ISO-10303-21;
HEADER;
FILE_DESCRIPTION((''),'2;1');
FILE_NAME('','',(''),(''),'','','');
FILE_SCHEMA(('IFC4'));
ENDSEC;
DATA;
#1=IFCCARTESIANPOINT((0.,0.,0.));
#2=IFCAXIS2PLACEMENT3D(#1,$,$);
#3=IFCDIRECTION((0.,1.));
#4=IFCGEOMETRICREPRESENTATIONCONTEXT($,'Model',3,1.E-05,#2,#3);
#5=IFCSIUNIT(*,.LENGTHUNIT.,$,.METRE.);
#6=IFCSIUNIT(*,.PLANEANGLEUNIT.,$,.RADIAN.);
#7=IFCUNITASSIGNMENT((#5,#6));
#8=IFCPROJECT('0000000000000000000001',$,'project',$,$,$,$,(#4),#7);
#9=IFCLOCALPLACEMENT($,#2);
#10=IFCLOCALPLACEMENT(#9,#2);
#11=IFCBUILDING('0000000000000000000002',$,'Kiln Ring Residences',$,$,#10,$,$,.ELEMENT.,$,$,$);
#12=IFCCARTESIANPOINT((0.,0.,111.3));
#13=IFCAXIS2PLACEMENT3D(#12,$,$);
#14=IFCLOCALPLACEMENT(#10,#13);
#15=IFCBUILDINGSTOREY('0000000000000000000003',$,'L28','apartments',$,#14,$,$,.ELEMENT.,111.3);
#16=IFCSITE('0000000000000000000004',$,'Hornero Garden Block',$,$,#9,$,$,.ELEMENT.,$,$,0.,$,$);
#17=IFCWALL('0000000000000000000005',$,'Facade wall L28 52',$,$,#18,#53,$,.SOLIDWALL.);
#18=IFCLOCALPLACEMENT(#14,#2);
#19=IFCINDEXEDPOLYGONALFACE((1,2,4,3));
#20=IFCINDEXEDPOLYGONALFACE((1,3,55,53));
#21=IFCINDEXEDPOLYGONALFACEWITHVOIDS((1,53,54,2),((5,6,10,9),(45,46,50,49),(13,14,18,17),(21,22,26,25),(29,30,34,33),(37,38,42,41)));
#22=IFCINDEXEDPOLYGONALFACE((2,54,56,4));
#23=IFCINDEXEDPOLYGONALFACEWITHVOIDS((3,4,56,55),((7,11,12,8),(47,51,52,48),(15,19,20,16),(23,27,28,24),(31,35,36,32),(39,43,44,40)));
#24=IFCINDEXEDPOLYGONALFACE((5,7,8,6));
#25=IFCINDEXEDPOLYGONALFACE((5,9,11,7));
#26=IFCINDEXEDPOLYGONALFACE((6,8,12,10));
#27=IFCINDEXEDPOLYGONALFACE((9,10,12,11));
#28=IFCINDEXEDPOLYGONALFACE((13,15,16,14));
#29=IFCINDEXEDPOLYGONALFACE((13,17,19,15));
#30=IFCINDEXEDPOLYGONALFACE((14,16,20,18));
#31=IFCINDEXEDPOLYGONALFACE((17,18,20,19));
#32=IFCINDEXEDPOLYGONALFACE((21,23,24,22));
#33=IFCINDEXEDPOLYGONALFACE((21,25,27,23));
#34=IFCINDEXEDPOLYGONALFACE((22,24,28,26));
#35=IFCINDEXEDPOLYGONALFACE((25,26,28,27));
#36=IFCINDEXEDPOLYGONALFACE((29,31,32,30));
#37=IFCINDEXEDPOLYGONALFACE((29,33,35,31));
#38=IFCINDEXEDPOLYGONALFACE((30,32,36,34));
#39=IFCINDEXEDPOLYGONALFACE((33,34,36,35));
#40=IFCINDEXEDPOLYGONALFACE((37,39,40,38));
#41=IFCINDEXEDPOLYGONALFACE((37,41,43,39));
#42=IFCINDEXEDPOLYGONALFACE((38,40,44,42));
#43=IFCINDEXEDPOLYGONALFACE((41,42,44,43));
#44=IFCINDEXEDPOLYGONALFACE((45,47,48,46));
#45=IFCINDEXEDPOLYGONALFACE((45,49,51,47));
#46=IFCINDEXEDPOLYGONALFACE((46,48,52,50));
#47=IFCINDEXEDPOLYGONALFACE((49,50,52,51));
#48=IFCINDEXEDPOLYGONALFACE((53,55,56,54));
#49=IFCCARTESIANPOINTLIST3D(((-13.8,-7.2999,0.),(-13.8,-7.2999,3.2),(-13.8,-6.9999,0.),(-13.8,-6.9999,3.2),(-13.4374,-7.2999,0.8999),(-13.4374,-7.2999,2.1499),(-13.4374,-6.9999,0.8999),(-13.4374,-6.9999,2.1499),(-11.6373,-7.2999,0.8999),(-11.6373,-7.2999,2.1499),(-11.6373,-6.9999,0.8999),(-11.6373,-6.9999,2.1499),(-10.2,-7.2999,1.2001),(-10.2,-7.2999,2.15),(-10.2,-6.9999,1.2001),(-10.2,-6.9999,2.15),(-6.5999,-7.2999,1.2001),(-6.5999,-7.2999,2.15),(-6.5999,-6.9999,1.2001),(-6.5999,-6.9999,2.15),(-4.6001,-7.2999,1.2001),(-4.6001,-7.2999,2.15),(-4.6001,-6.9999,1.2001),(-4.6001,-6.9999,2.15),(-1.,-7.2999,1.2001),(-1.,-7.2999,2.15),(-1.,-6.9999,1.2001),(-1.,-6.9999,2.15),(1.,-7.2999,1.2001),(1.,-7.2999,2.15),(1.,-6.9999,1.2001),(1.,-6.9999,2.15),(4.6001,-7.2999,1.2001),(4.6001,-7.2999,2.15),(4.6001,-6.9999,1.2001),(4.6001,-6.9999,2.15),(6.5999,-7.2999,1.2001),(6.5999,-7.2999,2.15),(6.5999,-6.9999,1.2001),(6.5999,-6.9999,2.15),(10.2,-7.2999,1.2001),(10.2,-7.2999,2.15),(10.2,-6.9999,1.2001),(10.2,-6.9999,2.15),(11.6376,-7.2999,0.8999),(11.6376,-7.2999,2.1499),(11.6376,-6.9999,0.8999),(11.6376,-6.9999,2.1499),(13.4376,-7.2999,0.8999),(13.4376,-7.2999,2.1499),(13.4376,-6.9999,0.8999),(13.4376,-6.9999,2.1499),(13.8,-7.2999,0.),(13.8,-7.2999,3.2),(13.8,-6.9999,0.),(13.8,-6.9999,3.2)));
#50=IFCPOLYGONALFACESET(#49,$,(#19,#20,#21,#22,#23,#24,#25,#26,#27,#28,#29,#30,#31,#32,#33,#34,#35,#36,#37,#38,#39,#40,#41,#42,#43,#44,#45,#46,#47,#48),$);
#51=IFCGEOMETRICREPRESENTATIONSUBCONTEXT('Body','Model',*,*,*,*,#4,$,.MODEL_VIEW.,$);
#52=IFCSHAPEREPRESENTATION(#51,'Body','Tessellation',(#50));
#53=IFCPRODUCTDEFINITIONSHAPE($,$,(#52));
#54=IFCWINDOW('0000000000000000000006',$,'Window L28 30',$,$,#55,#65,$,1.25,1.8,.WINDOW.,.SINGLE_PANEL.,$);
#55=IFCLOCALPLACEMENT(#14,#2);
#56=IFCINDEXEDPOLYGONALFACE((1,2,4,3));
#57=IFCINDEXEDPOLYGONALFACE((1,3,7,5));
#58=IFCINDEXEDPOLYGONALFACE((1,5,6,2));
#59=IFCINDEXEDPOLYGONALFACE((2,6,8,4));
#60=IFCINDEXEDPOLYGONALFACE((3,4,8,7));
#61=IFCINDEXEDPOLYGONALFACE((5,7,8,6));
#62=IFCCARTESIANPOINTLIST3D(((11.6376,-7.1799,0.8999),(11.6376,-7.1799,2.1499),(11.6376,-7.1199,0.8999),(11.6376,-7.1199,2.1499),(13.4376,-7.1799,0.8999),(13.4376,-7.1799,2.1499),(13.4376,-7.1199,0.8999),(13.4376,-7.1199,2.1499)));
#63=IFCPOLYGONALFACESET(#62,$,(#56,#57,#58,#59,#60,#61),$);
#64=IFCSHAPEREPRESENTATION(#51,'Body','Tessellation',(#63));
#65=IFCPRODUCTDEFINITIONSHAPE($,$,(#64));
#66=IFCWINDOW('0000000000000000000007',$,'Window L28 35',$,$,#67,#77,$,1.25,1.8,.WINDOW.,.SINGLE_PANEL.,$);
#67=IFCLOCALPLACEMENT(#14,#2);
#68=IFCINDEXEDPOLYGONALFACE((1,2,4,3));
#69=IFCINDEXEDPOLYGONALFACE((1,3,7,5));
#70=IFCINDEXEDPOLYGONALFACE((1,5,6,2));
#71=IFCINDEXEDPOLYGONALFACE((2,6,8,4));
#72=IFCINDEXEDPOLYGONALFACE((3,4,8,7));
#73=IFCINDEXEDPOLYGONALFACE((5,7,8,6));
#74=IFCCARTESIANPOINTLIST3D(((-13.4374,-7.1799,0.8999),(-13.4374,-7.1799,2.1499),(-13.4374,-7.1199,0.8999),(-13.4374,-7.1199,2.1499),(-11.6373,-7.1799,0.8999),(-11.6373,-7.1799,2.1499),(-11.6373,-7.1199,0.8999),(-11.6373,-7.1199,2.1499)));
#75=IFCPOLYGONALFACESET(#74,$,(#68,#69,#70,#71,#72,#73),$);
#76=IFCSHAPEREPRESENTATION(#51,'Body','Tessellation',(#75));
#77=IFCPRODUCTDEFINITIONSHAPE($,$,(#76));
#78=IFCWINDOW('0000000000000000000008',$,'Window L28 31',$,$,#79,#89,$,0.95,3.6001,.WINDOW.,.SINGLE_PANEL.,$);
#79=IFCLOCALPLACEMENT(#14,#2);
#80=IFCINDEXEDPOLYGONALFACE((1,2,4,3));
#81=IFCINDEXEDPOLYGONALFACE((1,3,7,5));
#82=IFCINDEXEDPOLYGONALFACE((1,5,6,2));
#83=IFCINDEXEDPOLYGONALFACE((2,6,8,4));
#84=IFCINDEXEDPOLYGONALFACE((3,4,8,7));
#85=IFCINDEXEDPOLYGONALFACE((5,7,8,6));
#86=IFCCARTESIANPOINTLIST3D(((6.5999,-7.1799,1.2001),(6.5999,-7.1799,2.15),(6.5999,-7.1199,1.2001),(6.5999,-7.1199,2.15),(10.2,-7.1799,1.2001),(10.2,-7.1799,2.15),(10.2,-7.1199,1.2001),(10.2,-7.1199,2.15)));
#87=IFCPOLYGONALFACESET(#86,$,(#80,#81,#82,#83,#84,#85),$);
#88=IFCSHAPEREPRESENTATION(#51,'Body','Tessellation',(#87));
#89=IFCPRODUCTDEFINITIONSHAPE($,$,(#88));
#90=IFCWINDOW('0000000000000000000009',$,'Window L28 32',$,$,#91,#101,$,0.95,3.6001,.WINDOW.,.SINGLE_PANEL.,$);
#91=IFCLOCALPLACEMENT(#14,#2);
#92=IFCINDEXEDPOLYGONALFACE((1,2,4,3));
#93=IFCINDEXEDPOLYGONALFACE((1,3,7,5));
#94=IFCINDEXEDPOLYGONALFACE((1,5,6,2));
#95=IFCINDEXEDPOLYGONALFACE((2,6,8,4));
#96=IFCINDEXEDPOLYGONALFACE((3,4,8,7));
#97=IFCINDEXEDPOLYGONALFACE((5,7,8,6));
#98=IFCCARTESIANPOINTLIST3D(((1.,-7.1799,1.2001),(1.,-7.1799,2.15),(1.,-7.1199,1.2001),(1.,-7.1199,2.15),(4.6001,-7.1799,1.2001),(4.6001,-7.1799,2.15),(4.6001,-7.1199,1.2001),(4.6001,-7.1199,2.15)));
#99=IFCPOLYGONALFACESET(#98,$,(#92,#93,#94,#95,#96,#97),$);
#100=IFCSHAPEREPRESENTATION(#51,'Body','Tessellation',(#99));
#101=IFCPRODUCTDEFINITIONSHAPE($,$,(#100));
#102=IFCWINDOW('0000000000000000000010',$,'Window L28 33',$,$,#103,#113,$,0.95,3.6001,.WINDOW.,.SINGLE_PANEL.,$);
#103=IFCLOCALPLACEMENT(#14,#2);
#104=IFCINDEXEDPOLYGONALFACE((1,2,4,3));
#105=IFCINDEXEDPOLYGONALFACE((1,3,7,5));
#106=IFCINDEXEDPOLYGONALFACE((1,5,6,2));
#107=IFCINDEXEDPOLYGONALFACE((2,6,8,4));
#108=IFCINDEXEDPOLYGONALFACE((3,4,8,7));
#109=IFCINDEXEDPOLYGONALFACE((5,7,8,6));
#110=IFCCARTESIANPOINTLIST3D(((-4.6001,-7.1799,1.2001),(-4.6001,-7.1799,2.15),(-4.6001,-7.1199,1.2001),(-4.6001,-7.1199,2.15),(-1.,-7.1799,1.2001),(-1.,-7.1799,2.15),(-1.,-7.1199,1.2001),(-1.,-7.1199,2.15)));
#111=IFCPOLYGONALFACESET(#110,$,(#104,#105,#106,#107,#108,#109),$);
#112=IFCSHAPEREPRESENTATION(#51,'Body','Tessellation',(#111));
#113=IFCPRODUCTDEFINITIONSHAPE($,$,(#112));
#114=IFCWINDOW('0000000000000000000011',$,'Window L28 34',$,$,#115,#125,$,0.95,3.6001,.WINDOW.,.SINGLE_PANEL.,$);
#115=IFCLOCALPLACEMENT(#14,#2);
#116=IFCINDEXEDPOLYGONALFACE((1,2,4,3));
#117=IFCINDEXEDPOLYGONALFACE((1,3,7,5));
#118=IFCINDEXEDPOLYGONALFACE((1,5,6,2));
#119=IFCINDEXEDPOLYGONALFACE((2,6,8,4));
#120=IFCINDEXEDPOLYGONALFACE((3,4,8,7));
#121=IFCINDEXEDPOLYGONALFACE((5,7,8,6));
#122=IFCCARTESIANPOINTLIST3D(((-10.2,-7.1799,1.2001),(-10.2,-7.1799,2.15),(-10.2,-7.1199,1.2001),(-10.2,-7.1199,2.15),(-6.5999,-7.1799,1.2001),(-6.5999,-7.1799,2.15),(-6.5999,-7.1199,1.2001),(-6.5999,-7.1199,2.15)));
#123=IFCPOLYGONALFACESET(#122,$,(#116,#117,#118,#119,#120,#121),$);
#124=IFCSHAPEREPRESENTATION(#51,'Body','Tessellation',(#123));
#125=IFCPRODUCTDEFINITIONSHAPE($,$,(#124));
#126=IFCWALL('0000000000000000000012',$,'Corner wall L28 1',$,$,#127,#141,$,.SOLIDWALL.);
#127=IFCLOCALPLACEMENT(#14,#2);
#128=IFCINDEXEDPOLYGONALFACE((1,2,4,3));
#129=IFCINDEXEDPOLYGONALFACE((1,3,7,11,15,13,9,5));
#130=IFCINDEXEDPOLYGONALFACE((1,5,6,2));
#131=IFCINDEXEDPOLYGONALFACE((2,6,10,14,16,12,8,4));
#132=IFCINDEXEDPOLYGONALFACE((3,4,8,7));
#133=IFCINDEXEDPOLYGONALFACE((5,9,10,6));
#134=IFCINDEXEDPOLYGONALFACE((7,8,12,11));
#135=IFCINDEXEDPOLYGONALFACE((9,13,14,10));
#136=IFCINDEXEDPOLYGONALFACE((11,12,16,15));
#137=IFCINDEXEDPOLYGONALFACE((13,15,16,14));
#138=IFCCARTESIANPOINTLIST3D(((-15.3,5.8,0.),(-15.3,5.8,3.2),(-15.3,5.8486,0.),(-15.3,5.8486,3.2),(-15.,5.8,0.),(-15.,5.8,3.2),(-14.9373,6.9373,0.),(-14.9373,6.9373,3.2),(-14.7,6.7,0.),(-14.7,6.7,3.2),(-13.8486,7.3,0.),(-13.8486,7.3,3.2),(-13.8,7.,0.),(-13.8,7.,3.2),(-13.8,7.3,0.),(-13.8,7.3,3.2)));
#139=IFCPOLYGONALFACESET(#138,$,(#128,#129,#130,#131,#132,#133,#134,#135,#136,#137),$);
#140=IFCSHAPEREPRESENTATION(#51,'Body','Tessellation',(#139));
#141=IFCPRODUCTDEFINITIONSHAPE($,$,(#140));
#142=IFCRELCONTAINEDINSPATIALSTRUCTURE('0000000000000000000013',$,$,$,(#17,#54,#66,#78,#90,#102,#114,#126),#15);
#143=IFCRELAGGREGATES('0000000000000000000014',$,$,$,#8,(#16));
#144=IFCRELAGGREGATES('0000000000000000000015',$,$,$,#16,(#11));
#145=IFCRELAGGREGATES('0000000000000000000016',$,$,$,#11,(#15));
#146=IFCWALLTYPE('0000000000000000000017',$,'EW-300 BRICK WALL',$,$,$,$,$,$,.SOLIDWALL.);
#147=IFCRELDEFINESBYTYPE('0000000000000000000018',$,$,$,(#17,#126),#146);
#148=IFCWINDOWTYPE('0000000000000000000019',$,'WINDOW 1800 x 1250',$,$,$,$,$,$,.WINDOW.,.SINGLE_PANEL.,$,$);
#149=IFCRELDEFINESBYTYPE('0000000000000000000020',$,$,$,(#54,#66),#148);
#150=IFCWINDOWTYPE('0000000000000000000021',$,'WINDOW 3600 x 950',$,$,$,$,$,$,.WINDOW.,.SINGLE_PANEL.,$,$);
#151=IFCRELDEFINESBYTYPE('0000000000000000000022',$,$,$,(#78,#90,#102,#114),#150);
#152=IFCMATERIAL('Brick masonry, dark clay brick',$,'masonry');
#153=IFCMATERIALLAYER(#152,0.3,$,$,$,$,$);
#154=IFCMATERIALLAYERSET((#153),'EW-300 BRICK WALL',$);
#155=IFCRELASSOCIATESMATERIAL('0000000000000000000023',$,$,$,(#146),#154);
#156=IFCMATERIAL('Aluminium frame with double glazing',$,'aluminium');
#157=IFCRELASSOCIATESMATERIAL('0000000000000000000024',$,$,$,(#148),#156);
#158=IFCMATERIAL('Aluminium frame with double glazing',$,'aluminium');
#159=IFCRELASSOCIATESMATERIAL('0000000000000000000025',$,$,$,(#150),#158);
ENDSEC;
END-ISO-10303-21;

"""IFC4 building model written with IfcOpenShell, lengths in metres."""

from ifc_helpers import new_model, si_unit, direction, frame, frame_2d, origin, place, context, subcontext, project, spatial, polyline, rectangle, outline, extrude, material, layer, layer_set, type_object, element, fill, save


model = new_model("IFC4")

# Units and contexts
model_context = context("Model", 3, precision=1e-05, world=origin(), true_north=direction((0.0, 1.0)))
body_context = subcontext(model_context, "Body", "Model", "MODEL_VIEW")
ifc_project = project(units=[si_unit("LENGTHUNIT", "METRE"), si_unit("PLANEANGLEUNIT", "RADIAN")], contexts=[model_context])

# Site, building, storey
site_placement = place(None, origin())
site = spatial("IfcSite", under=ifc_project, at=site_placement, Name="Hornero Garden Block", CompositionType="ELEMENT", RefElevation=0.0)
building_placement = place(site_placement, origin())
building = spatial("IfcBuilding", under=site, at=building_placement, Name="Kiln Ring Residences", CompositionType="ELEMENT")
storey_placement = place(building_placement, frame((0.0, 0.0, 111.3)))
storey = spatial("IfcBuildingStorey", under=building, at=storey_placement, Name="L28", Description="apartments", CompositionType="ELEMENT", Elevation=111.3)

# Shared definitions
placement_1 = place(storey_placement, origin())

# Wall, openings, windows
ifc_material_1 = material(Name="Brick masonry, dark clay brick", Category="masonry")
ifc_layer_1 = layer(ifc_material_1, 0.3)
ifc_layer_set_1 = layer_set([ifc_layer_1], Name="EW-300 BRICK WALL")
wall_type_1 = type_object("IfcWallType", Name="EW-300 BRICK WALL", PredefinedType="SOLIDWALL", material=ifc_layer_set_1)
wall_1_placement = place(storey_placement, frame((13.8, -7.1499, 0.0), z_axis=(0.0, 0.0, 1.0), x_axis=(-1.0, 0.0, 0.0)))
wall_1 = element("IfcWall", 1, at=wall_1_placement, inside=storey, type_object=wall_type_1, Name="Facade wall L28 52", PredefinedType="SOLIDWALL", context=body_context, shape_type="SweptSolid", body=[
    extrude(rectangle(XDim=27.6001, YDim=0.3, at=frame_2d((13.8, 0.0))), origin(), (0.0, 0.0, 1.0), 3.2),
])
opening_1_placement = place(wall_1_placement, frame((0.3625, 0.0, 0.8999)))
opening_1 = element("IfcOpeningElement", 2, at=opening_1_placement, cuts=wall_1, PredefinedType="OPENING", context=body_context, shape_type="SweptSolid", body=[
    extrude(rectangle(XDim=1.8, YDim=1.25, at=frame_2d((0.8999, 0.625))), frame((0.0, 0.1599, 0.0), z_axis=(0.0, -1.0, 0.0), x_axis=(1.0, 0.0, 0.0)), (0.0, 0.0, 1.0), 0.3201),
])
opening_2_placement = place(wall_1_placement, frame((3.6001, 0.0, 1.2)))
opening_2 = element("IfcOpeningElement", 3, at=opening_2_placement, cuts=wall_1, PredefinedType="OPENING", context=body_context, shape_type="SweptSolid", body=[
    extrude(rectangle(XDim=3.6001, YDim=0.95, at=frame_2d((1.8, 0.4751))), frame((0.0, 0.1599, 0.0), z_axis=(0.0, -1.0, 0.0), x_axis=(1.0, 0.0, 0.0)), (0.0, 0.0, 1.0), 0.3201),
])
opening_3_placement = place(wall_1_placement, frame((9.2, 0.0, 1.2)))
opening_3 = element("IfcOpeningElement", 4, at=opening_3_placement, cuts=wall_1, PredefinedType="OPENING", context=body_context, shape_type="SweptSolid", body=[
    extrude(rectangle(XDim=3.6001, YDim=0.95, at=frame_2d((1.8, 0.4751))), frame((0.0, 0.1599, 0.0), z_axis=(0.0, -1.0, 0.0), x_axis=(1.0, 0.0, 0.0)), (0.0, 0.0, 1.0), 0.3201),
])
opening_4_placement = place(wall_1_placement, frame((14.8, 0.0, 1.2)))
opening_4 = element("IfcOpeningElement", 5, at=opening_4_placement, cuts=wall_1, PredefinedType="OPENING", context=body_context, shape_type="SweptSolid", body=[
    extrude(rectangle(XDim=3.6001, YDim=0.95, at=frame_2d((1.8, 0.4751))), frame((0.0, 0.1599, 0.0), z_axis=(0.0, -1.0, 0.0), x_axis=(1.0, 0.0, 0.0)), (0.0, 0.0, 1.0), 0.3201),
])
opening_5_placement = place(wall_1_placement, frame((20.3999, 0.0, 1.2)))
opening_5 = element("IfcOpeningElement", 6, at=opening_5_placement, cuts=wall_1, PredefinedType="OPENING", context=body_context, shape_type="SweptSolid", body=[
    extrude(rectangle(XDim=3.6001, YDim=0.95, at=frame_2d((1.8, 0.4751))), frame((0.0, 0.1599, 0.0), z_axis=(0.0, -1.0, 0.0), x_axis=(1.0, 0.0, 0.0)), (0.0, 0.0, 1.0), 0.3201),
])
opening_6_placement = place(wall_1_placement, frame((25.4375, 0.0, 0.8999)))
opening_6 = element("IfcOpeningElement", 7, at=opening_6_placement, cuts=wall_1, PredefinedType="OPENING", context=body_context, shape_type="SweptSolid", body=[
    extrude(rectangle(XDim=1.8, YDim=1.25, at=frame_2d((0.8999, 0.625))), frame((0.0, 0.1599, 0.0), z_axis=(0.0, -1.0, 0.0), x_axis=(1.0, 0.0, 0.0)), (0.0, 0.0, 1.0), 0.3201),
])
ifc_material_2 = material(Name="Aluminium frame with double glazing", Category="aluminium")
window_type_1 = type_object("IfcWindowType", Name="WINDOW 1800 x 1250", PartitioningType="SINGLE_PANEL", PredefinedType="WINDOW", material=ifc_material_2)
window_1_placement = place(opening_1_placement, origin())
window_1 = element("IfcWindow", 8, at=window_1_placement, inside=storey, type_object=window_type_1, Name="Window L28 30", OverallHeight=1.25, OverallWidth=1.8, PartitioningType="SINGLE_PANEL", PredefinedType="WINDOW", context=body_context, shape_type="SweptSolid", body=[
    extrude(rectangle(XDim=1.8, YDim=1.25, at=frame_2d((0.8999, 0.625))), frame((0.0, 0.03, 0.0), z_axis=(0.0, -1.0, 0.0), x_axis=(1.0, 0.0, 0.0)), (0.0, 0.0, 1.0), 0.0601),
])
fill(opening_1, window_1)
window_2_placement = place(opening_6_placement, origin())
window_2 = element("IfcWindow", 9, at=window_2_placement, inside=storey, type_object=window_type_1, Name="Window L28 35", OverallHeight=1.25, OverallWidth=1.8, PartitioningType="SINGLE_PANEL", PredefinedType="WINDOW", context=body_context, shape_type="SweptSolid", body=[
    extrude(rectangle(XDim=1.8, YDim=1.25, at=frame_2d((0.8999, 0.625))), frame((0.0, 0.03, 0.0), z_axis=(0.0, -1.0, 0.0), x_axis=(1.0, 0.0, 0.0)), (0.0, 0.0, 1.0), 0.0601),
])
fill(opening_6, window_2)
ifc_material_3 = material(Name="Aluminium frame with double glazing", Category="aluminium")
window_type_2 = type_object("IfcWindowType", Name="WINDOW 3600 x 950", PartitioningType="SINGLE_PANEL", PredefinedType="WINDOW", material=ifc_material_3)
window_3_placement = place(opening_2_placement, origin())
window_3 = element("IfcWindow", 10, at=window_3_placement, inside=storey, type_object=window_type_2, Name="Window L28 31", OverallHeight=0.95, OverallWidth=3.6001, PartitioningType="SINGLE_PANEL", PredefinedType="WINDOW", context=body_context, shape_type="SweptSolid", body=[
    extrude(rectangle(XDim=3.6001, YDim=0.95, at=frame_2d((1.8, 0.4751))), frame((0.0, 0.03, 0.0), z_axis=(0.0, -1.0, 0.0), x_axis=(1.0, 0.0, 0.0)), (0.0, 0.0, 1.0), 0.0601),
])
fill(opening_2, window_3)
window_4_placement = place(opening_3_placement, origin())
window_4 = element("IfcWindow", 11, at=window_4_placement, inside=storey, type_object=window_type_2, Name="Window L28 32", OverallHeight=0.95, OverallWidth=3.6001, PartitioningType="SINGLE_PANEL", PredefinedType="WINDOW", context=body_context, shape_type="SweptSolid", body=[
    extrude(rectangle(XDim=3.6001, YDim=0.95, at=frame_2d((1.8, 0.4751))), frame((0.0, 0.03, 0.0), z_axis=(0.0, -1.0, 0.0), x_axis=(1.0, 0.0, 0.0)), (0.0, 0.0, 1.0), 0.0601),
])
fill(opening_3, window_4)
window_5_placement = place(opening_4_placement, origin())
window_5 = element("IfcWindow", 12, at=window_5_placement, inside=storey, type_object=window_type_2, Name="Window L28 33", OverallHeight=0.95, OverallWidth=3.6001, PartitioningType="SINGLE_PANEL", PredefinedType="WINDOW", context=body_context, shape_type="SweptSolid", body=[
    extrude(rectangle(XDim=3.6001, YDim=0.95, at=frame_2d((1.8, 0.4751))), frame((0.0, 0.03, 0.0), z_axis=(0.0, -1.0, 0.0), x_axis=(1.0, 0.0, 0.0)), (0.0, 0.0, 1.0), 0.0601),
])
fill(opening_4, window_5)
window_6_placement = place(opening_5_placement, origin())
window_6 = element("IfcWindow", 13, at=window_6_placement, inside=storey, type_object=window_type_2, Name="Window L28 34", OverallHeight=0.95, OverallWidth=3.6001, PartitioningType="SINGLE_PANEL", PredefinedType="WINDOW", context=body_context, shape_type="SweptSolid", body=[
    extrude(rectangle(XDim=3.6001, YDim=0.95, at=frame_2d((1.8, 0.4751))), frame((0.0, 0.03, 0.0), z_axis=(0.0, -1.0, 0.0), x_axis=(1.0, 0.0, 0.0)), (0.0, 0.0, 1.0), 0.0601),
])
fill(opening_5, window_6)

# Wall
element("IfcWall", 14, at=placement_1, inside=storey, type_object=wall_type_1, Name="Corner wall L28 1", PredefinedType="SOLIDWALL", context=body_context, shape_type="SweptSolid", body=[
    extrude(outline(polyline([(-13.8486, 7.3), (-14.9373, 6.9373), (-15.3, 5.8486), (-15.3, 5.8), (-15.0, 5.8), (-14.7, 6.7), (-13.8, 7.0), (-13.8, 7.3), (-13.8486, 7.3)])), origin(), (0.0, 0.0, 1.0), 3.2),
])

save(model, "model.ifc")
